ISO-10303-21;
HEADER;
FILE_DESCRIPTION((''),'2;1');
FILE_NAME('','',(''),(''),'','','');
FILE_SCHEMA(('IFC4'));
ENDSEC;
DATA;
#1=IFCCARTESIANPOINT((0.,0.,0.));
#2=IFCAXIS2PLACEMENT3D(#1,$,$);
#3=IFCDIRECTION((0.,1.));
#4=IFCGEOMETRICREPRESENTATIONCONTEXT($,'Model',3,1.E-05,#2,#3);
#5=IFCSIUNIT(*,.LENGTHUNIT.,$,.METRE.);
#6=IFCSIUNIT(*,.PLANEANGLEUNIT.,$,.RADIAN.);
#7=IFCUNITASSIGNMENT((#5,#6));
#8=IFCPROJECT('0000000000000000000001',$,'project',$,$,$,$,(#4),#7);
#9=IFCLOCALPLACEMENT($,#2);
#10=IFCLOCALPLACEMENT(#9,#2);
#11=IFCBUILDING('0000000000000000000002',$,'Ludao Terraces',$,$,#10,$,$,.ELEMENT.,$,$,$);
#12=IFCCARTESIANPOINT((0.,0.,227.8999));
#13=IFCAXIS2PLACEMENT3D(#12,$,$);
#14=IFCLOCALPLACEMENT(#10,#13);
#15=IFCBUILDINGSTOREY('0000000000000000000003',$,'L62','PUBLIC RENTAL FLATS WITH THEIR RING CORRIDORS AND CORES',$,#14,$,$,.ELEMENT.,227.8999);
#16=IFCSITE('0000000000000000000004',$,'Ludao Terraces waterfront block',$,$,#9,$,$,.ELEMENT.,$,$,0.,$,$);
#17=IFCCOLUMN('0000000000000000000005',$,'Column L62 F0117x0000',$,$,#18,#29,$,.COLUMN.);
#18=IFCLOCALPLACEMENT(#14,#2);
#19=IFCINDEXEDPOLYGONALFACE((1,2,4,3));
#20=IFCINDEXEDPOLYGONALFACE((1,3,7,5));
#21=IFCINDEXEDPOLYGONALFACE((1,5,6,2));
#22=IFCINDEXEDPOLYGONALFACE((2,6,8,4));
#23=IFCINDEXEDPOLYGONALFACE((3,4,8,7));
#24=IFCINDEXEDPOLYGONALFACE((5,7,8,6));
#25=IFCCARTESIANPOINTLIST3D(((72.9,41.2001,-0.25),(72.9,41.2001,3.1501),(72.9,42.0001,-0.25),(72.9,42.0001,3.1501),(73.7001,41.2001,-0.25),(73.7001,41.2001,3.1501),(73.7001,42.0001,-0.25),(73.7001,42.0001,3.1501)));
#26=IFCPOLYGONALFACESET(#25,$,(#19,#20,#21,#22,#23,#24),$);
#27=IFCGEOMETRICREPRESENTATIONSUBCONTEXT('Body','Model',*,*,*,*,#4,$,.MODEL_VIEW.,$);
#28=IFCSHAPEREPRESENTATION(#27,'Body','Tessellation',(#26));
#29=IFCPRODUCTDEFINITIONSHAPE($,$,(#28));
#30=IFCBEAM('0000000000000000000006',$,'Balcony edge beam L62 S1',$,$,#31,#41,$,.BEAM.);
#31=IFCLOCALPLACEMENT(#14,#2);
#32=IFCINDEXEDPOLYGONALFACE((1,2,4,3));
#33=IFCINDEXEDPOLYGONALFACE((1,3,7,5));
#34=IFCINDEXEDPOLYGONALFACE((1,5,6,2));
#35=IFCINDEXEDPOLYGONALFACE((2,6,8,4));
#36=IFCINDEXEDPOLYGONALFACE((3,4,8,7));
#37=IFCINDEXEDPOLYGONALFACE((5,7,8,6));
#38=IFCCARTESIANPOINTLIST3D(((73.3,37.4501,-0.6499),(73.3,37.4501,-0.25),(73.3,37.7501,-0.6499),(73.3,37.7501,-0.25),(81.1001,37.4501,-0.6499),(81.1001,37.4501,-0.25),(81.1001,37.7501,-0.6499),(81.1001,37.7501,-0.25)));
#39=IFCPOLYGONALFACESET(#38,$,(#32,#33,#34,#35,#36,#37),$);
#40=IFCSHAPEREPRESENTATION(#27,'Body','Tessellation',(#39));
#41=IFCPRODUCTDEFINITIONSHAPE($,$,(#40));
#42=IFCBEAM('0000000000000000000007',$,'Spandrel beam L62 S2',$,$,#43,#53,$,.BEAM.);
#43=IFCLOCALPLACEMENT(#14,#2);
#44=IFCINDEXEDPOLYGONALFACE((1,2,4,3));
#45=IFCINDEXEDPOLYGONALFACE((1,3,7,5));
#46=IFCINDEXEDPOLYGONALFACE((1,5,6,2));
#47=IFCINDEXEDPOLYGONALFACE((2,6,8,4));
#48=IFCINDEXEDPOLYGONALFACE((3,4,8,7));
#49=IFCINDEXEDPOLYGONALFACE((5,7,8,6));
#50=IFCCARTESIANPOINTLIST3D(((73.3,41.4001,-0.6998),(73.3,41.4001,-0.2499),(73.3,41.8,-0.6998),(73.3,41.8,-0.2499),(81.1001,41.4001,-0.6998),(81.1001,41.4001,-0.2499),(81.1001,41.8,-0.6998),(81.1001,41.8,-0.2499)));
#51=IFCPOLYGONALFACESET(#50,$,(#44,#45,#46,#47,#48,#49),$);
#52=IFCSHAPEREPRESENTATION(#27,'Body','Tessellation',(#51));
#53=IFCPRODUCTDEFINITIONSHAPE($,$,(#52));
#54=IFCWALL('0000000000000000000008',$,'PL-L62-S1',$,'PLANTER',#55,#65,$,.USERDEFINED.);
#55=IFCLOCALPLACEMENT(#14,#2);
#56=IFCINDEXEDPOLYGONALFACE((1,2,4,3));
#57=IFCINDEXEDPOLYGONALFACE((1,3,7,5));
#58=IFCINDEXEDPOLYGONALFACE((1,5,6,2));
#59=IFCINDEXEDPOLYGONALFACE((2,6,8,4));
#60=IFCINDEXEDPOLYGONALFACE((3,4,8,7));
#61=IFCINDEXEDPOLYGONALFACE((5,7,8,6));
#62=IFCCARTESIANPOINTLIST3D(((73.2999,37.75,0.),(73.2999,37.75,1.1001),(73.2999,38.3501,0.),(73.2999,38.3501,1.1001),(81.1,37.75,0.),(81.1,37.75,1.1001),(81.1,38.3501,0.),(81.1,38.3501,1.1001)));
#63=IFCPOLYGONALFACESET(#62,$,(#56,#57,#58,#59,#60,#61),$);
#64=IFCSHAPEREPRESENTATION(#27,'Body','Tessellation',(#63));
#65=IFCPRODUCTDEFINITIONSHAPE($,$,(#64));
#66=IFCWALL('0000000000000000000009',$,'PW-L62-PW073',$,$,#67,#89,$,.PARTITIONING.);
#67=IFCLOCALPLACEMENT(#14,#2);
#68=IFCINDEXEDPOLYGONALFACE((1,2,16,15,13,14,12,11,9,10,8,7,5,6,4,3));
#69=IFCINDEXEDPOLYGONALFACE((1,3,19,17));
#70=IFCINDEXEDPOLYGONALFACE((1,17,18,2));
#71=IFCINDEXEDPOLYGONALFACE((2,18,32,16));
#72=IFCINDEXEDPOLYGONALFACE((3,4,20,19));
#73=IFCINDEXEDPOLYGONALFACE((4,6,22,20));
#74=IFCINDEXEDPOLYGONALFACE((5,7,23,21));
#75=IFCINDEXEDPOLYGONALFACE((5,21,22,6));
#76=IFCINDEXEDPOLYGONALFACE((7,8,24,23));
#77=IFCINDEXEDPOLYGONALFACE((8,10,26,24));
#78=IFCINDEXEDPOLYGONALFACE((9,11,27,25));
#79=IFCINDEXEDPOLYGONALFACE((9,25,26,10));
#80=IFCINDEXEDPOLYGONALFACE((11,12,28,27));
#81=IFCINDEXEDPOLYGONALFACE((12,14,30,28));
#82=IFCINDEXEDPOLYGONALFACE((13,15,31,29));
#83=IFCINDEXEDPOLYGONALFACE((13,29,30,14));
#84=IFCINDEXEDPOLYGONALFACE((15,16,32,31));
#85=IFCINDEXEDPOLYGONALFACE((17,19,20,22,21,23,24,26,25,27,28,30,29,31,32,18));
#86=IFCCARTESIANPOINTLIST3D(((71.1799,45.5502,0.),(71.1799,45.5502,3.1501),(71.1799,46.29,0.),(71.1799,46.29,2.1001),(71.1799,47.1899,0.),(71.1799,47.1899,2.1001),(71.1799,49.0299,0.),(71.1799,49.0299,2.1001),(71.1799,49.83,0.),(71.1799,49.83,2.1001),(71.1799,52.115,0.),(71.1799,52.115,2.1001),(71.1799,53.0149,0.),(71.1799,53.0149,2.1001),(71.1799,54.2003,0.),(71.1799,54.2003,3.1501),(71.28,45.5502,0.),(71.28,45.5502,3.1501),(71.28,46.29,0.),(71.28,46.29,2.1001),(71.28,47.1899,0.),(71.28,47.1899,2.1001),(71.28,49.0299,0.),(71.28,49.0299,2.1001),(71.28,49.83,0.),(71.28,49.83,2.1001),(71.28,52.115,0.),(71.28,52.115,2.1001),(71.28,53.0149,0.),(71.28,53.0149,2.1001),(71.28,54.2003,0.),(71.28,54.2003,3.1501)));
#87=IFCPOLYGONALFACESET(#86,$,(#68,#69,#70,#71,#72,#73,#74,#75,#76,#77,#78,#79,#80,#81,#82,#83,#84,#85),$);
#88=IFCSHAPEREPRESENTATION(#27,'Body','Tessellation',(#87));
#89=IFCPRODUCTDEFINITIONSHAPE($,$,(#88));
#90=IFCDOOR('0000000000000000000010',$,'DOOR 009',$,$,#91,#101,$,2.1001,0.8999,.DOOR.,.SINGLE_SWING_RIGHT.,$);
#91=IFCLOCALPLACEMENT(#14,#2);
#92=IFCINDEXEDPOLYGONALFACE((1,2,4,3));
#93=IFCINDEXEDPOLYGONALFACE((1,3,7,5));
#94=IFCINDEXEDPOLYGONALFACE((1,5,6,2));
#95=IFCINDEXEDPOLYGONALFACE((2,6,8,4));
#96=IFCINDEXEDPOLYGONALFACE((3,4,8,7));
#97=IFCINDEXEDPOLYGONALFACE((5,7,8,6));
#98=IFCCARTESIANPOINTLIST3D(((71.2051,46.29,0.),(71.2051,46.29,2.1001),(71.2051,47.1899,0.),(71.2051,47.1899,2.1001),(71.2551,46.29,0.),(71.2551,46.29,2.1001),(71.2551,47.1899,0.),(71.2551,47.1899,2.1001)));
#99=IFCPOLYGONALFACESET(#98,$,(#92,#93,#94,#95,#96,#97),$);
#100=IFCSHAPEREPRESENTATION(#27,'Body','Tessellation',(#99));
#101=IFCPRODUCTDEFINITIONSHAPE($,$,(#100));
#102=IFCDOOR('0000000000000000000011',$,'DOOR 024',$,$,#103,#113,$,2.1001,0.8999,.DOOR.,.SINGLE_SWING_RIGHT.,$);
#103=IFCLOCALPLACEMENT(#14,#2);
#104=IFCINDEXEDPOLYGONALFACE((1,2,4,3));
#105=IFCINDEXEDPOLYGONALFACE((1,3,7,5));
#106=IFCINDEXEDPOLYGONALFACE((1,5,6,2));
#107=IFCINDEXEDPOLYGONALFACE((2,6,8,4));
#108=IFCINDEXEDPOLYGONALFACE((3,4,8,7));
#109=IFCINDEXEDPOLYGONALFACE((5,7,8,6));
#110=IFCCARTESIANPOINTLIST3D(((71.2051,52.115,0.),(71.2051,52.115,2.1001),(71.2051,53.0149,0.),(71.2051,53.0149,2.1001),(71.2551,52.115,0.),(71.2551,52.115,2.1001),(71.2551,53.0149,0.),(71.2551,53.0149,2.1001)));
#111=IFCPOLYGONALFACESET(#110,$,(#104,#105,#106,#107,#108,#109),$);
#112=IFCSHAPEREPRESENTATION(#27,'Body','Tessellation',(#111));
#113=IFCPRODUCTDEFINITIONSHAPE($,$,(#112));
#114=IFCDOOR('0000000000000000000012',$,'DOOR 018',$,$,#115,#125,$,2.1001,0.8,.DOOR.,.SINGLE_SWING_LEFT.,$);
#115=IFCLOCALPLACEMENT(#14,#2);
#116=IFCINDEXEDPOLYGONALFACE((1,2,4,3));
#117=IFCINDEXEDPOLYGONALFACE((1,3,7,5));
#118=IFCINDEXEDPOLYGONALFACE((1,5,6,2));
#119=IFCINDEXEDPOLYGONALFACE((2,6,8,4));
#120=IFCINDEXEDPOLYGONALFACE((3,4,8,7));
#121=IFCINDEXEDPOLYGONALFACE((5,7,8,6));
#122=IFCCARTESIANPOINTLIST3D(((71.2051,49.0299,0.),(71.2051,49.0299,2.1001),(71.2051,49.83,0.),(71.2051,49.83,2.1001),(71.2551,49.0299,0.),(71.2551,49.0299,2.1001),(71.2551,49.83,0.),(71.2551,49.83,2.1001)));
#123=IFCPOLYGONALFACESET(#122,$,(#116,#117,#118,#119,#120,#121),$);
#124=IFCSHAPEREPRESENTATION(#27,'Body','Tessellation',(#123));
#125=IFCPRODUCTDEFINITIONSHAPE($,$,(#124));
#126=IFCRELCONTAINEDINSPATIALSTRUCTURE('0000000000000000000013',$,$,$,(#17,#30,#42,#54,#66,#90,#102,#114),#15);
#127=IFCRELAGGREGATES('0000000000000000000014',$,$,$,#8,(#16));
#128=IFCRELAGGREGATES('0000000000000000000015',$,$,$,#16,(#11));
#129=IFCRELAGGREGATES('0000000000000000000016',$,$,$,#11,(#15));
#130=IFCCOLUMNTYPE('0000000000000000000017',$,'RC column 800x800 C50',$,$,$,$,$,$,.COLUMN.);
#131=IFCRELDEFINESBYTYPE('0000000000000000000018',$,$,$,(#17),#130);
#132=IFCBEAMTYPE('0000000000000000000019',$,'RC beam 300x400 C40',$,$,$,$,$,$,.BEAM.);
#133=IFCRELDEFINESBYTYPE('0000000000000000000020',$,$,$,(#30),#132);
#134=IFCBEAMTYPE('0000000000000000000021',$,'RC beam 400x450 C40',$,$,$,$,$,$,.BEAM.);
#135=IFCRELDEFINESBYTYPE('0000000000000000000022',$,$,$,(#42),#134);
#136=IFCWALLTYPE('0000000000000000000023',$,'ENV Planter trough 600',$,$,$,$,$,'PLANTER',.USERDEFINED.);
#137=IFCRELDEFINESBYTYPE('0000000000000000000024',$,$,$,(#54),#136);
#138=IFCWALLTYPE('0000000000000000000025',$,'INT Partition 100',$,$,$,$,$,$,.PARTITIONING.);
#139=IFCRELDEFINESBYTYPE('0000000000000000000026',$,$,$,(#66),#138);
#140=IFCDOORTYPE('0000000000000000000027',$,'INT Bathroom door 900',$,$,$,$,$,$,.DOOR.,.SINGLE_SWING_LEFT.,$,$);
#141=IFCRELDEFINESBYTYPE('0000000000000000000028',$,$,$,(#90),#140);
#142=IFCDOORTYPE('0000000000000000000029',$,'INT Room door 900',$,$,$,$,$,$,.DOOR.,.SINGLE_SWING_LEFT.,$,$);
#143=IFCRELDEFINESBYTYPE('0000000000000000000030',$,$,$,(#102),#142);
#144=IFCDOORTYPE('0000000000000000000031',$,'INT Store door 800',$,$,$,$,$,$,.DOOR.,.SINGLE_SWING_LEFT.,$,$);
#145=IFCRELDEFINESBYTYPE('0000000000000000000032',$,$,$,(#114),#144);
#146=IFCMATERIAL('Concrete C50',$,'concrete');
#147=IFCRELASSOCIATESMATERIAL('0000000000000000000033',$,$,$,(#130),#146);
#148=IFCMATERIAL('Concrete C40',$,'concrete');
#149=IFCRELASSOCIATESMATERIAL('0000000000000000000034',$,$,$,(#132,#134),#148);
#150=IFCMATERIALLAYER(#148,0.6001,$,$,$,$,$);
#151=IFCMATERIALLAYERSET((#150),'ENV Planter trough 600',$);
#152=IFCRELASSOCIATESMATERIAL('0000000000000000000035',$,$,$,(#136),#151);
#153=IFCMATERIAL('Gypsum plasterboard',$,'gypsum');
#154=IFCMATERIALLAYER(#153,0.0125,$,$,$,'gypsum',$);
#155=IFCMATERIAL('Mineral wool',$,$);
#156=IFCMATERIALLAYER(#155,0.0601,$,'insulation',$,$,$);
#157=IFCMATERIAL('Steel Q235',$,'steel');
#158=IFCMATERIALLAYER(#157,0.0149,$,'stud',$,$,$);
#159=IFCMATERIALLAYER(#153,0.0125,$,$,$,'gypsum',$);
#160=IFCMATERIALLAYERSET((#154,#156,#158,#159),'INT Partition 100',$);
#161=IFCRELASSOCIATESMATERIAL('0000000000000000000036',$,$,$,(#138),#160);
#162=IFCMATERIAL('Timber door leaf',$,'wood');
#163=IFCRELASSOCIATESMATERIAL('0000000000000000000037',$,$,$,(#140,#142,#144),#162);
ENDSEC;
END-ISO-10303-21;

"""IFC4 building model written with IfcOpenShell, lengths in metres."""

from ifc_helpers import new_model, si_unit, direction, frame, frame_2d, origin, origin_2d, place, context, subcontext, project, spatial, rectangle, extrude, material, layer, layer_set, material_profile, profile_set, type_object, element, fill, save


model = new_model("IFC4")

# Units and contexts
model_context = context("Model", 3, precision=1e-05, world=origin(), true_north=direction((0.0, 1.0)))
body_context = subcontext(model_context, "Body", "Model", "MODEL_VIEW")
ifc_project = project(units=[si_unit("LENGTHUNIT", "METRE"), si_unit("PLANEANGLEUNIT", "RADIAN")], contexts=[model_context])

# Site, building, storey
site_placement = place(None, origin())
site = spatial("IfcSite", under=ifc_project, at=site_placement, Name="Ludao Terraces waterfront block", CompositionType="ELEMENT", RefElevation=0.0)
building_placement = place(site_placement, origin())
building = spatial("IfcBuilding", under=site, at=building_placement, Name="Ludao Terraces", CompositionType="ELEMENT")
storey_placement = place(building_placement, frame((0.0, 0.0, 227.8999)))
storey = spatial("IfcBuildingStorey", under=building, at=storey_placement, Name="L62", Description="PUBLIC RENTAL FLATS WITH THEIR RING CORRIDORS AND CORES", CompositionType="ELEMENT", Elevation=227.8999)

# Column
ifc_material_1 = material(Name="Concrete C50", Category="concrete")
ifc_material_profile_1 = material_profile(ifc_material_1, rectangle(XDim=0.8, YDim=0.8, at=origin_2d()), Name="800 X 800")
ifc_profile_set_1 = profile_set([ifc_material_profile_1], Name="Concrete C50")
column_type = type_object("IfcColumnType", Name="RC column 800x800 C50", PredefinedType="COLUMN", material=ifc_profile_set_1)
column_placement = place(storey_placement, frame((73.3, 41.6001, -0.25), z_axis=(0.0, 0.0, 1.0), x_axis=(1.0, 0.0, 0.0)))
element("IfcColumn", 1, at=column_placement, inside=storey, type_object=column_type, Name="Column L62 F0117x0000", PredefinedType="COLUMN", context=body_context, shape_type="SweptSolid", body=[
    extrude(rectangle(XDim=0.8, YDim=0.8, at=origin_2d()), origin(), (0.0, 0.0, 1.0), 3.4001),
])

# Beams
ifc_material_2 = material(Name="Concrete C40", Category="concrete")
ifc_material_profile_2 = material_profile(ifc_material_2, rectangle(XDim=0.3, YDim=0.3999, at=origin_2d()), Name="300 X 400")
ifc_profile_set_2 = profile_set([ifc_material_profile_2], Name="Concrete C40")
beam_type_1 = type_object("IfcBeamType", Name="RC beam 300x400 C40", PredefinedType="BEAM", material=ifc_profile_set_2)
beam_1_placement = place(storey_placement, frame((73.3, 37.6001, -0.45), z_axis=(1.0, 0.0, 0.0), x_axis=(0.0, 1.0, 0.0)))
element("IfcBeam", 2, at=beam_1_placement, inside=storey, type_object=beam_type_1, Name="Balcony edge beam L62 S1", PredefinedType="BEAM", context=body_context, shape_type="SweptSolid", body=[
    extrude(rectangle(XDim=0.3, YDim=0.3999, at=origin_2d()), origin(), (0.0, 0.0, 1.0), 7.8),
])
ifc_material_profile_3 = material_profile(ifc_material_2, rectangle(XDim=0.3999, YDim=0.45, at=origin_2d()), Name="400 X 450")
ifc_profile_set_3 = profile_set([ifc_material_profile_3], Name="Concrete C40")
beam_type_2 = type_object("IfcBeamType", Name="RC beam 400x450 C40", PredefinedType="BEAM", material=ifc_profile_set_3)
beam_2_placement = place(storey_placement, frame((73.3, 41.6001, -0.4749), z_axis=(1.0, 0.0, 0.0), x_axis=(0.0, 1.0, 0.0)))
element("IfcBeam", 3, at=beam_2_placement, inside=storey, type_object=beam_type_2, Name="Spandrel beam L62 S2", PredefinedType="BEAM", context=body_context, shape_type="SweptSolid", body=[
    extrude(rectangle(XDim=0.3999, YDim=0.45, at=origin_2d()), origin(), (0.0, 0.0, 1.0), 7.8),
])

# Wall
ifc_layer_1 = layer(ifc_material_2, 0.6001)
ifc_layer_set_1 = layer_set([ifc_layer_1], Name="ENV Planter trough 600")
wall_type_1 = type_object("IfcWallType", Name="ENV Planter trough 600", ElementType="PLANTER", PredefinedType="USERDEFINED", material=ifc_layer_set_1)
wall_1_placement = place(storey_placement, frame((73.3, 38.05, 0.0), z_axis=(0.0, 0.0, 1.0), x_axis=(1.0, 0.0, 0.0)))
element("IfcWall", 4, at=wall_1_placement, inside=storey, type_object=wall_type_1, Name="PL-L62-S1", ObjectType="PLANTER", PredefinedType="USERDEFINED", context=body_context, shape_type="SweptSolid", body=[
    extrude(rectangle(XDim=7.8, YDim=0.6001, at=frame_2d((3.8999, 0.0))), origin(), (0.0, 0.0, 1.0), 1.1001),
])

# Wall, openings, doors
ifc_material_3 = material(Name="Gypsum plasterboard", Category="gypsum")
ifc_layer_2 = layer(ifc_material_3, 0.0125, Category="gypsum")
ifc_material_4 = material(Name="Mineral wool")
ifc_layer_3 = layer(ifc_material_4, 0.0601, Name="insulation")
ifc_material_5 = material(Name="Steel Q235", Category="steel")
ifc_layer_4 = layer(ifc_material_5, 0.0149, Name="stud")
ifc_layer_5 = layer(ifc_material_3, 0.0125, Category="gypsum")
ifc_layer_set_2 = layer_set([ifc_layer_2, ifc_layer_3, ifc_layer_4, ifc_layer_5], Name="INT Partition 100")
wall_type_2 = type_object("IfcWallType", Name="INT Partition 100", PredefinedType="PARTITIONING", material=ifc_layer_set_2)
wall_2_placement = place(storey_placement, frame((71.23, 45.55, 0.0), z_axis=(0.0, 0.0, 1.0), x_axis=(0.0, 1.0, 0.0)))
wall_2 = element("IfcWall", 5, at=wall_2_placement, inside=storey, type_object=wall_type_2, Name="PW-L62-PW073", PredefinedType="PARTITIONING", context=body_context, shape_type="SweptSolid", body=[
    extrude(rectangle(XDim=8.6501, YDim=0.1001, at=frame_2d((4.3252, 0.0))), origin(), (0.0, 0.0, 1.0), 3.1501),
])
opening_1_placement = place(wall_2_placement, frame((0.74, 0.0, 0.0)))
opening_1 = element("IfcOpeningElement", 6, at=opening_1_placement, cuts=wall_2, PredefinedType="OPENING", context=body_context, shape_type="SweptSolid", body=[
    extrude(rectangle(XDim=0.8999, YDim=2.1001, at=frame_2d((0.45, 1.05))), frame((0.0, 0.0601, 0.0), z_axis=(0.0, -1.0, 0.0), x_axis=(1.0, 0.0, 0.0)), (0.0, 0.0, 1.0), 0.1201),
])
opening_2_placement = place(wall_2_placement, frame((3.48, 0.0, 0.0)))
opening_2 = element("IfcOpeningElement", 7, at=opening_2_placement, cuts=wall_2, PredefinedType="OPENING", context=body_context, shape_type="SweptSolid", body=[
    extrude(rectangle(XDim=0.8, YDim=2.1001, at=frame_2d((0.3999, 1.05))), frame((0.0, 0.0601, 0.0), z_axis=(0.0, -1.0, 0.0), x_axis=(1.0, 0.0, 0.0)), (0.0, 0.0, 1.0), 0.1201),
])
opening_3_placement = place(wall_2_placement, frame((6.5649, 0.0, 0.0)))
opening_3 = element("IfcOpeningElement", 8, at=opening_3_placement, cuts=wall_2, PredefinedType="OPENING", context=body_context, shape_type="SweptSolid", body=[
    extrude(rectangle(XDim=0.8999, YDim=2.1001, at=frame_2d((0.45, 1.05))), frame((0.0, 0.0601, 0.0), z_axis=(0.0, -1.0, 0.0), x_axis=(1.0, 0.0, 0.0)), (0.0, 0.0, 1.0), 0.1201),
])
ifc_material_6 = material(Name="Timber door leaf", Category="wood")
door_type_1 = type_object("IfcDoorType", Name="INT Bathroom door 900", OperationType="SINGLE_SWING_LEFT", PredefinedType="DOOR", material=ifc_material_6)
door_1_placement = place(opening_1_placement, origin())
door_1 = element("IfcDoor", 9, at=door_1_placement, inside=storey, type_object=door_type_1, Name="DOOR 009", OperationType="SINGLE_SWING_RIGHT", OverallHeight=2.1001, OverallWidth=0.8999, PredefinedType="DOOR", context=body_context, shape_type="SweptSolid", body=[
    extrude(rectangle(XDim=0.8999, YDim=2.1001, at=frame_2d((0.45, 1.05))), frame((0.0, 0.0249, 0.0), z_axis=(0.0, -1.0, 0.0), x_axis=(1.0, 0.0, 0.0)), (0.0, 0.0, 1.0), 0.05),
])
fill(opening_1, door_1)
door_type_2 = type_object("IfcDoorType", Name="INT Room door 900", OperationType="SINGLE_SWING_LEFT", PredefinedType="DOOR", material=ifc_material_6)
door_2_placement = place(opening_3_placement, origin())
door_2 = element("IfcDoor", 10, at=door_2_placement, inside=storey, type_object=door_type_2, Name="DOOR 024", OperationType="SINGLE_SWING_RIGHT", OverallHeight=2.1001, OverallWidth=0.8999, PredefinedType="DOOR", context=body_context, shape_type="SweptSolid", body=[
    extrude(rectangle(XDim=0.8999, YDim=2.1001, at=frame_2d((0.45, 1.05))), frame((0.0, 0.0249, 0.0), z_axis=(0.0, -1.0, 0.0), x_axis=(1.0, 0.0, 0.0)), (0.0, 0.0, 1.0), 0.05),
])
fill(opening_3, door_2)
door_type_3 = type_object("IfcDoorType", Name="INT Store door 800", OperationType="SINGLE_SWING_LEFT", PredefinedType="DOOR", material=ifc_material_6)
door_3_placement = place(opening_2_placement, origin())
door_3 = element("IfcDoor", 11, at=door_3_placement, inside=storey, type_object=door_type_3, Name="DOOR 018", OperationType="SINGLE_SWING_LEFT", OverallHeight=2.1001, OverallWidth=0.8, PredefinedType="DOOR", context=body_context, shape_type="SweptSolid", body=[
    extrude(rectangle(XDim=0.8, YDim=2.1001, at=frame_2d((0.3999, 1.05))), frame((0.0, 0.0249, 0.0), z_axis=(0.0, -1.0, 0.0), x_axis=(1.0, 0.0, 0.0)), (0.0, 0.0, 1.0), 0.05),
])
fill(opening_2, door_3)

save(model, "model.ifc")
